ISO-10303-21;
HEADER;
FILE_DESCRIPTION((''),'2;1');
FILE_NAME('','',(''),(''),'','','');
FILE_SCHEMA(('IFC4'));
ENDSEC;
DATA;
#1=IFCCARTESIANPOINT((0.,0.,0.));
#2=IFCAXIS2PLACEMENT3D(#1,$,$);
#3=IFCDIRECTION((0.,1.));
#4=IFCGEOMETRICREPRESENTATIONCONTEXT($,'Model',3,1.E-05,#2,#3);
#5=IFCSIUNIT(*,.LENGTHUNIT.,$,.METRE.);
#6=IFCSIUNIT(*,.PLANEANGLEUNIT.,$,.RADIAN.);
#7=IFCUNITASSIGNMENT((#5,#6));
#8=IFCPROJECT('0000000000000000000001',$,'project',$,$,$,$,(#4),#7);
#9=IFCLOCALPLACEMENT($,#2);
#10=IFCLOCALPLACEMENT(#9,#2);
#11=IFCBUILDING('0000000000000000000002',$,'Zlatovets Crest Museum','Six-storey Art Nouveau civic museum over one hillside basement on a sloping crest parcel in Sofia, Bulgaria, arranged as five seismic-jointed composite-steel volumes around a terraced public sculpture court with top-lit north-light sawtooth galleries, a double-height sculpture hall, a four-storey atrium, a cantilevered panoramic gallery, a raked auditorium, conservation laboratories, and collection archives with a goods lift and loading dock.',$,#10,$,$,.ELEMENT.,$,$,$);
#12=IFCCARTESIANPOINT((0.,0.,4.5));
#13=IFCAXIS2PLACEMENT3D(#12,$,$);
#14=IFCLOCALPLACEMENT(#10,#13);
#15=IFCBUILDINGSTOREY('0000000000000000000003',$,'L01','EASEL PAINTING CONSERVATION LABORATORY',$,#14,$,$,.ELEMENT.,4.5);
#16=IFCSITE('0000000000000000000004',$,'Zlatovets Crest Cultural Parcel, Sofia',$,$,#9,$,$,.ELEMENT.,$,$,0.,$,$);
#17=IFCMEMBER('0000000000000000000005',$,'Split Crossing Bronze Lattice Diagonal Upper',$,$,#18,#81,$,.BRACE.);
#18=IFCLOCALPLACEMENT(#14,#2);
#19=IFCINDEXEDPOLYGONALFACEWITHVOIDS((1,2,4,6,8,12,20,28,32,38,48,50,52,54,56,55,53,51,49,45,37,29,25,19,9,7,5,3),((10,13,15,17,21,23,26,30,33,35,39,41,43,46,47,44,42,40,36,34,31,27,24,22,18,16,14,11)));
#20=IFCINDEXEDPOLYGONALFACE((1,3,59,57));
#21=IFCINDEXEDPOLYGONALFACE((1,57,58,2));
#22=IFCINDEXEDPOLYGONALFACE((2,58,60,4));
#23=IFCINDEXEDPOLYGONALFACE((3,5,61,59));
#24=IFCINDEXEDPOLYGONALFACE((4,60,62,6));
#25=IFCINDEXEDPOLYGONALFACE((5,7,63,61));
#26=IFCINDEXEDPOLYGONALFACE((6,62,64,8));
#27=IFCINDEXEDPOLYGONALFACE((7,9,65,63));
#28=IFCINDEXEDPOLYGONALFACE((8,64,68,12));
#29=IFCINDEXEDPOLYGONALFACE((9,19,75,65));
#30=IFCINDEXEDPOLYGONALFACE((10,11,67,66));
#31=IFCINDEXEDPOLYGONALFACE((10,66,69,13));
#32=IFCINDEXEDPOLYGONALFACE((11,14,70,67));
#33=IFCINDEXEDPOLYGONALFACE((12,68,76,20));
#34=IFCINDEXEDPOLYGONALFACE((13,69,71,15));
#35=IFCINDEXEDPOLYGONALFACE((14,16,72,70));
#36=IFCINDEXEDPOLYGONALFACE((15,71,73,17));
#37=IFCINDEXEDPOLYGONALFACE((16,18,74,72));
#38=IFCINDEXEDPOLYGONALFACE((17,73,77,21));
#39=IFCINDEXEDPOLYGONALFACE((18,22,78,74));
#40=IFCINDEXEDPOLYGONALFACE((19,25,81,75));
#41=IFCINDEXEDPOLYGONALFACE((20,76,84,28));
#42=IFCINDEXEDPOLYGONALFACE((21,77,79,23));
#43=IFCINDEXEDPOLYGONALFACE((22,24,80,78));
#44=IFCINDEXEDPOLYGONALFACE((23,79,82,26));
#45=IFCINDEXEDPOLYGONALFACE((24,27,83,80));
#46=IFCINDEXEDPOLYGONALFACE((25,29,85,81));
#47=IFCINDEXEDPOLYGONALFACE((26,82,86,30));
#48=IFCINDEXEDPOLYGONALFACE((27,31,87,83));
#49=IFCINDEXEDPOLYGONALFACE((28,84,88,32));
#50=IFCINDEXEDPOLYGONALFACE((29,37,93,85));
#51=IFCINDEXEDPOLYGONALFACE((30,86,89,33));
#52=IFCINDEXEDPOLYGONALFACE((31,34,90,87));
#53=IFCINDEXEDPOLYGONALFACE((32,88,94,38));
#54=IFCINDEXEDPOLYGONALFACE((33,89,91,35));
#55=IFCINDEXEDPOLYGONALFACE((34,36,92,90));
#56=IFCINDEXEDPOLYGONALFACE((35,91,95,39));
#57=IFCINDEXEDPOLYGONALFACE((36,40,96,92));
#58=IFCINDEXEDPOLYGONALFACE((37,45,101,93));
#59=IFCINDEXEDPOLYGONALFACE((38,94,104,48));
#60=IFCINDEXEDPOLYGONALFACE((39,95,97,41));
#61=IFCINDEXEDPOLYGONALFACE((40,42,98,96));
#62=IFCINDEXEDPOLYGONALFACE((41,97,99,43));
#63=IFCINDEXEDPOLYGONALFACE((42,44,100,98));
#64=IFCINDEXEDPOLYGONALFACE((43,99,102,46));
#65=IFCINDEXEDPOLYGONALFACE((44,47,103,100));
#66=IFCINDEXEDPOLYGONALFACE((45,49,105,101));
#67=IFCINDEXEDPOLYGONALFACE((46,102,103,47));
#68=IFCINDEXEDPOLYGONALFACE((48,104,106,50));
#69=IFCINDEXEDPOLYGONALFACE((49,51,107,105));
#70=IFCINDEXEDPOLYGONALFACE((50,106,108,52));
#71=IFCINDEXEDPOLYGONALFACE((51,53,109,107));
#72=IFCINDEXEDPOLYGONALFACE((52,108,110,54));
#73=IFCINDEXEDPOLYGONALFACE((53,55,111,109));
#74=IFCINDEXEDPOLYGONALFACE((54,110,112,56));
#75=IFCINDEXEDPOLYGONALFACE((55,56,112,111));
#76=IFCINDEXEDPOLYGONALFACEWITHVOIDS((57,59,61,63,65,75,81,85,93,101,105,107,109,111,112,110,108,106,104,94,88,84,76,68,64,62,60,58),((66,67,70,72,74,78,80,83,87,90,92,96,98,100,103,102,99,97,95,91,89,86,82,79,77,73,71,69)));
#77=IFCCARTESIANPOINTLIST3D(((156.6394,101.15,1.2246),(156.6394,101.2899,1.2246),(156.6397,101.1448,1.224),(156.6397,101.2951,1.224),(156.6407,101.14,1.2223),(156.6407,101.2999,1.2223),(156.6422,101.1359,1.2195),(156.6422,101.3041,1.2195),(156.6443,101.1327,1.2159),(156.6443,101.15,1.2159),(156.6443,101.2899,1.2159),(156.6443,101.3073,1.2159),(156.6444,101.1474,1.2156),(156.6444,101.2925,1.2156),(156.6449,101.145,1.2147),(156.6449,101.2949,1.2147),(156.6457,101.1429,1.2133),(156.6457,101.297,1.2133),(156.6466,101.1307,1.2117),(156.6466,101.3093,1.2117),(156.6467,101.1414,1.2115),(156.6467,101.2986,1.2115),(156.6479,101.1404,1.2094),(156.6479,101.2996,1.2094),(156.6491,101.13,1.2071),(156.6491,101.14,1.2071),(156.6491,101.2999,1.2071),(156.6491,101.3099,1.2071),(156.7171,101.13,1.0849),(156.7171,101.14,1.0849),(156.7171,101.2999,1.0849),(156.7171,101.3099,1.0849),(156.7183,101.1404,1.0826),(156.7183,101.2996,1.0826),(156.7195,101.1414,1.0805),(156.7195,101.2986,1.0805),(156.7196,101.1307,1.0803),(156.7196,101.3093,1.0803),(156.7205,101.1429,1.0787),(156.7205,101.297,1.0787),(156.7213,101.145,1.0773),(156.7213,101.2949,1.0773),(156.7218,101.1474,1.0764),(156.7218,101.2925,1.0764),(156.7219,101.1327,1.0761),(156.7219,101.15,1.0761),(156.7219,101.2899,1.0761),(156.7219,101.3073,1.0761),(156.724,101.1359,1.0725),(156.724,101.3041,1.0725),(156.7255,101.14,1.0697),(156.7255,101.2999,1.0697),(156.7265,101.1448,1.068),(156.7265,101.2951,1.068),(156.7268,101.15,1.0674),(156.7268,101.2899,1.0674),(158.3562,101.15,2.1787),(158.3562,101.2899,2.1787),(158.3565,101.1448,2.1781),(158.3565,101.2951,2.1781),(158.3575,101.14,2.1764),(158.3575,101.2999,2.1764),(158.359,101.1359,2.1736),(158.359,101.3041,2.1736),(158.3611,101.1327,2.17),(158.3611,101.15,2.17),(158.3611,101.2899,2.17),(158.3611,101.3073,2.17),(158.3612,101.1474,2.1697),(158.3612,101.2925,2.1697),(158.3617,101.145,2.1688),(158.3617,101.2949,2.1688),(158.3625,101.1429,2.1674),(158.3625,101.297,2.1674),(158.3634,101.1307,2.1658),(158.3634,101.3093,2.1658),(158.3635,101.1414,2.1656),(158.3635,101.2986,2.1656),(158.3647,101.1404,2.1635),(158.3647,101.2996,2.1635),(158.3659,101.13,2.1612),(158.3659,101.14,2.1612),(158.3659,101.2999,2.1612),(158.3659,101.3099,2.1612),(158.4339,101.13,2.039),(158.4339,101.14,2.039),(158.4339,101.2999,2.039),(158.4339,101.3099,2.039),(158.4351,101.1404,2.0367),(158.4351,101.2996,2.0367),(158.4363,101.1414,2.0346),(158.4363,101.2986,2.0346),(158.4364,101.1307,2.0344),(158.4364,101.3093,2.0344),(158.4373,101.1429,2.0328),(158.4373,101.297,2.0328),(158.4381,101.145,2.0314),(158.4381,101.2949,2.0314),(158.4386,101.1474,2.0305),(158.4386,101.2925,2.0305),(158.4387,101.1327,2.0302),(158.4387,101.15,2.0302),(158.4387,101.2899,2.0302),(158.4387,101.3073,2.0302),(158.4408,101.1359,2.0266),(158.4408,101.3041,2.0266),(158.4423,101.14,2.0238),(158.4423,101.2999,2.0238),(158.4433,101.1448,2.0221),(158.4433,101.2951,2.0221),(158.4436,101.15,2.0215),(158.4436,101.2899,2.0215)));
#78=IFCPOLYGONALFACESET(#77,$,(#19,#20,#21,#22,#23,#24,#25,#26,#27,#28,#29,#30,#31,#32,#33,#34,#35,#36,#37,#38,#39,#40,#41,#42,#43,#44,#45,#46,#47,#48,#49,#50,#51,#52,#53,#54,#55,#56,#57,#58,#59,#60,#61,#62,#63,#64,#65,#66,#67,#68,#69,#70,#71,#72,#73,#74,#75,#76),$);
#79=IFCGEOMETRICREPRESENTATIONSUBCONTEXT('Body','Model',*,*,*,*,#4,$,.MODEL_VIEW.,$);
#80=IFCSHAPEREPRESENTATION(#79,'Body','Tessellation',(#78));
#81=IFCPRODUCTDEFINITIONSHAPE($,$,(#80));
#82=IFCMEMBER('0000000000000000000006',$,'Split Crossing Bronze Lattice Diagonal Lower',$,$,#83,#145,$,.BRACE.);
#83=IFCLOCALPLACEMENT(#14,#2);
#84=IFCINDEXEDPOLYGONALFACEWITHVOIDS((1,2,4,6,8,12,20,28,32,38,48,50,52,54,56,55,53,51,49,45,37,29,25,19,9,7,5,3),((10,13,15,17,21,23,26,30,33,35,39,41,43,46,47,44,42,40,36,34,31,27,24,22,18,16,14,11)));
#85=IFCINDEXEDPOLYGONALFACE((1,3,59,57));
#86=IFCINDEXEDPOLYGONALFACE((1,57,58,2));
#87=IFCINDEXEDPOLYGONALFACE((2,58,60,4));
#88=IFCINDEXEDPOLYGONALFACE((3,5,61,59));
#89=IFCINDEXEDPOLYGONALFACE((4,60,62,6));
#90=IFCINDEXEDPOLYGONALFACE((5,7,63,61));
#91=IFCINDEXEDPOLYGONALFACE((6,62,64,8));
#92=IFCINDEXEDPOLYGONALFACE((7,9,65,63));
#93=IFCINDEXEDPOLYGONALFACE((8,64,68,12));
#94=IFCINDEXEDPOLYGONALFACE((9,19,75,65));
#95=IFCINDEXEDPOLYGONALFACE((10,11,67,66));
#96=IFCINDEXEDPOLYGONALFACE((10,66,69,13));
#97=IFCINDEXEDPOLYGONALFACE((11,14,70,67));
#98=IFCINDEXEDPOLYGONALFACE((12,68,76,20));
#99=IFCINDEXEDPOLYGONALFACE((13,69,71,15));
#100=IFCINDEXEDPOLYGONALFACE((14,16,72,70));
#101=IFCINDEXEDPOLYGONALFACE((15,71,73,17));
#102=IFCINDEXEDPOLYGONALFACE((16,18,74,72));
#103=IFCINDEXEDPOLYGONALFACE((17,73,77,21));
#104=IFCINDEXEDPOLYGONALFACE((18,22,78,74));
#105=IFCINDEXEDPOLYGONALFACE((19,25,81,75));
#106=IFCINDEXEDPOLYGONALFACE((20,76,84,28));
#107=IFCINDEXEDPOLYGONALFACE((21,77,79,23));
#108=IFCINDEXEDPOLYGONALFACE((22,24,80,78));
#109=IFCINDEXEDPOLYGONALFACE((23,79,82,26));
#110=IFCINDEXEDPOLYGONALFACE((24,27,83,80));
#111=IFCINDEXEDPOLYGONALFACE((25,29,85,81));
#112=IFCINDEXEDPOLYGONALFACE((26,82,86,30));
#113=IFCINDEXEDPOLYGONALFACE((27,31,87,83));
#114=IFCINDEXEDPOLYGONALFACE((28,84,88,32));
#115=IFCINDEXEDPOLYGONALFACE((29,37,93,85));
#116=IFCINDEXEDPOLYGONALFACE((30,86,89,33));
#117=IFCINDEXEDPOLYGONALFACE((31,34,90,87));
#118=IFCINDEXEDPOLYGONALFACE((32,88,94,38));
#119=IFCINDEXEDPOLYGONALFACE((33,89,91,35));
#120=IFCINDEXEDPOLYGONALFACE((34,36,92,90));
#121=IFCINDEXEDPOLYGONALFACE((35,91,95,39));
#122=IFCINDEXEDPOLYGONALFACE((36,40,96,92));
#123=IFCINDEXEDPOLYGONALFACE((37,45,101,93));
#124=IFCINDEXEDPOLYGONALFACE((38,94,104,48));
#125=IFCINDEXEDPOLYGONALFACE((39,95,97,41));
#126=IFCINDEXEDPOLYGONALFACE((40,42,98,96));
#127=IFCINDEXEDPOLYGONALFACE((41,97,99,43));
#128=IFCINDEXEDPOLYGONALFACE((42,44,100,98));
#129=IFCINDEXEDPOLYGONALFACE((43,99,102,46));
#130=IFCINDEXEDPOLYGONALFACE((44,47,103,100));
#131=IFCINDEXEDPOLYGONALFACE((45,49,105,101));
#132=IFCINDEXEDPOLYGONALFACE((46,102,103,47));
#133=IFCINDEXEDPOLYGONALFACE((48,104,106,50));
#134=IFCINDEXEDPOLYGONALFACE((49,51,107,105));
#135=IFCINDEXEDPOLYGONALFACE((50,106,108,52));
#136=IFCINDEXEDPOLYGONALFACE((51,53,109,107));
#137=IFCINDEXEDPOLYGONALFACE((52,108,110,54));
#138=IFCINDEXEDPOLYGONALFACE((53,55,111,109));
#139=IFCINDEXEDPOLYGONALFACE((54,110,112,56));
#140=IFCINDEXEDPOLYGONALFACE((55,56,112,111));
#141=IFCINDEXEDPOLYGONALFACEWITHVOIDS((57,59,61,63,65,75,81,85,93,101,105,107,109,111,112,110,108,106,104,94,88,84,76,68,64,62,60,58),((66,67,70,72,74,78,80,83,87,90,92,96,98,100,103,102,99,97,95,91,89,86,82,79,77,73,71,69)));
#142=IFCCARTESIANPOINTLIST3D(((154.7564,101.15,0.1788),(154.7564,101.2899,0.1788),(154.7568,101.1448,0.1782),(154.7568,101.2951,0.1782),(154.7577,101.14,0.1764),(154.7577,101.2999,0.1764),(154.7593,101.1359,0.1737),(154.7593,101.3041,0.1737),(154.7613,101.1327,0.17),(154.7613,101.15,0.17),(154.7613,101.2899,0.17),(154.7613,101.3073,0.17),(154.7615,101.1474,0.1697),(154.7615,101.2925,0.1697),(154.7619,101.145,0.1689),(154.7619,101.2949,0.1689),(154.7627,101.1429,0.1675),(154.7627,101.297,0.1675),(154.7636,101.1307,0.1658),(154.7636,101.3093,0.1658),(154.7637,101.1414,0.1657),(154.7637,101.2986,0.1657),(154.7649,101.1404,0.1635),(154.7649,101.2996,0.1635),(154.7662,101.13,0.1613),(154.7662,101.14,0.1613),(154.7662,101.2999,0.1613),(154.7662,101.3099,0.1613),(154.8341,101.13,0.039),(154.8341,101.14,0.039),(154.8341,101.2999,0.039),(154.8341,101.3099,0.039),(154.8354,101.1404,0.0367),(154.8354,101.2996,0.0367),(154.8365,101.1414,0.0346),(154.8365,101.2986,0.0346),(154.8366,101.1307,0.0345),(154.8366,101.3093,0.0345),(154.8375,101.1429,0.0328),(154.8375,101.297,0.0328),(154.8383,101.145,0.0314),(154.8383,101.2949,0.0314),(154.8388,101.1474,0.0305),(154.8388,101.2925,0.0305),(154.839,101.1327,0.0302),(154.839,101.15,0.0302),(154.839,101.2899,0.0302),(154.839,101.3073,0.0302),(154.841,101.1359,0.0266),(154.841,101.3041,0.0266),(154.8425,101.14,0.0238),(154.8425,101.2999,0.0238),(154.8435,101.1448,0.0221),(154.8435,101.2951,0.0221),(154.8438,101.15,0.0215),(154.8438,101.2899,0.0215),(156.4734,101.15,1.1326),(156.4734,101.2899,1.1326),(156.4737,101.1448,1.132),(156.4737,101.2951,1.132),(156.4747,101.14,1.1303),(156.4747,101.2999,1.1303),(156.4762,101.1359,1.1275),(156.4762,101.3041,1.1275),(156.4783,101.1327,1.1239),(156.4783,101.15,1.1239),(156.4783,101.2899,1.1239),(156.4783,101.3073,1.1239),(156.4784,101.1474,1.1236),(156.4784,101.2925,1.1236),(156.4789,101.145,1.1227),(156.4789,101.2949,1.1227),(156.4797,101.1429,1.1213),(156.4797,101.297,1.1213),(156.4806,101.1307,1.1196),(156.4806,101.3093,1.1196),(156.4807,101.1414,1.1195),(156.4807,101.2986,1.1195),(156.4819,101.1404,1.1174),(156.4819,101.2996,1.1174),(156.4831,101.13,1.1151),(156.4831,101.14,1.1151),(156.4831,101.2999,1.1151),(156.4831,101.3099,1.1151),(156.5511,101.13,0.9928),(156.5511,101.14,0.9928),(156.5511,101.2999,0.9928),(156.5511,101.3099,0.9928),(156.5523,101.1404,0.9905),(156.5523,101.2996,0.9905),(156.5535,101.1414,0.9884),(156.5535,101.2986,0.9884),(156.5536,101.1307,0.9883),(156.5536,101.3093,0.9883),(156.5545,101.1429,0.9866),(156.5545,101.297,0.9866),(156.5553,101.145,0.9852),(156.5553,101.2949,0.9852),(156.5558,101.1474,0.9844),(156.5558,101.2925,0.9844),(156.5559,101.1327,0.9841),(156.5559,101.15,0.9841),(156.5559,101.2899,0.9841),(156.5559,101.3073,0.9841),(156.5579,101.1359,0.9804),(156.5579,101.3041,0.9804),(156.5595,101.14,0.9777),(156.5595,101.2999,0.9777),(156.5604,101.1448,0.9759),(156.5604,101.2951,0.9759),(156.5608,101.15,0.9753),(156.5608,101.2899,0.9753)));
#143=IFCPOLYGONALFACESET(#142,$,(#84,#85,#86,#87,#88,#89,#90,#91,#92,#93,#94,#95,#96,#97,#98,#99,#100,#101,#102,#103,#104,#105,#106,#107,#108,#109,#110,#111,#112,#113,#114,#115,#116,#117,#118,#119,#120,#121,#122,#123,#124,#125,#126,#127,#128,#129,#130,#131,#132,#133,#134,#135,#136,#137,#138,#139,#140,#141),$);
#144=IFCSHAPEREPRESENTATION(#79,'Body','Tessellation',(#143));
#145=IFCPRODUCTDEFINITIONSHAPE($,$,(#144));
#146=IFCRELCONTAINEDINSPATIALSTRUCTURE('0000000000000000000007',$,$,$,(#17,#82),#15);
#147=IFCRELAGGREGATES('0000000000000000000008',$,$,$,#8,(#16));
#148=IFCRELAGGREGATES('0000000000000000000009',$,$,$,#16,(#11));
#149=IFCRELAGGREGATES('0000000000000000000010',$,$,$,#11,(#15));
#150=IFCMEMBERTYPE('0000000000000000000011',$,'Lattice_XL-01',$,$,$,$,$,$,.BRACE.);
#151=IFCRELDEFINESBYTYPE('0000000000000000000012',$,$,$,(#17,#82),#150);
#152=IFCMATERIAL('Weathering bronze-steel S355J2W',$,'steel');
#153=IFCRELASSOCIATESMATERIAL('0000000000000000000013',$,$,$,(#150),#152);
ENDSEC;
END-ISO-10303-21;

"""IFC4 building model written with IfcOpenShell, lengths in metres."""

from ifc_helpers import new_model, si_unit, direction, frame, origin, origin_2d, place, context, subcontext, project, spatial, hollow_rectangle, extrude, material, material_profile, profile_set, type_object, element, save


model = new_model("IFC4")

# Units and contexts
model_context = context("Model", 3, precision=1e-05, world=origin(), true_north=direction((0.0, 1.0)))
body_context = subcontext(model_context, "Body", "Model", "MODEL_VIEW")
ifc_project = project(units=[si_unit("LENGTHUNIT", "METRE"), si_unit("PLANEANGLEUNIT", "RADIAN")], contexts=[model_context])

# Site, building, storey
site_placement = place(None, origin())
site = spatial("IfcSite", under=ifc_project, at=site_placement, Name="Zlatovets Crest Cultural Parcel, Sofia", CompositionType="ELEMENT", RefElevation=0.0)
building_placement = place(site_placement, origin())
building = spatial("IfcBuilding", under=site, at=building_placement, Name="Zlatovets Crest Museum", Description="Six-storey Art Nouveau civic museum over one hillside basement on a sloping crest parcel in Sofia, Bulgaria, arranged as five seismic-jointed composite-steel volumes around a terraced public sculpture court with top-lit north-light sawtooth galleries, a double-height sculpture hall, a four-storey atrium, a cantilevered panoramic gallery, a raked auditorium, conservation laboratories, and collection archives with a goods lift and loading dock.", CompositionType="ELEMENT")
storey_placement = place(building_placement, frame((0.0, 0.0, 4.5)))
storey = spatial("IfcBuildingStorey", under=building, at=storey_placement, Name="L01", Description="EASEL PAINTING CONSERVATION LABORATORY", CompositionType="ELEMENT", Elevation=4.5)

# Members
ifc_material_1 = material(Name="Weathering bronze-steel S355J2W", Category="steel")
ifc_material_profile_1 = material_profile(ifc_material_1, hollow_rectangle(XDim=0.1799, YDim=0.1799, WallThickness=0.01, InnerFilletRadius=0.01, OuterFilletRadius=0.02, at=origin_2d()), Name="SHS 180x180x10.0")
ifc_profile_set_1 = profile_set([ifc_material_profile_1], Name="Weathering bronze-steel S355J2W")
member_type_1 = type_object("IfcMemberType", Name="Lattice_XL-01", PredefinedType="BRACE", material=ifc_profile_set_1)
for number, where, z_axis, x_axis, name in (
    (1, (158.3999, 101.22, 2.1001), (-0.874087, 0.0, -0.48577), (0.0, -1.0, 0.0), "Split Crossing Bronze Lattice Diagonal Upper"),
    (2, (156.5171, 101.22, 1.054), (-0.874169, 0.0, -0.485622), (0.0, -1.0, 0.0), "Split Crossing Bronze Lattice Diagonal Lower"),
):
    element("IfcMember", number, at=place(storey_placement, frame(where, z_axis=z_axis, x_axis=x_axis)), inside=storey, type_object=member_type_1, Name=name, PredefinedType="BRACE", context=body_context, shape_type="SweptSolid", body=[
        extrude(hollow_rectangle(XDim=0.1799, YDim=0.1799, WallThickness=0.01, InnerFilletRadius=0.01, OuterFilletRadius=0.02, at=origin_2d()), origin(), (0.0, 0.0, 1.0), 1.9641),
    ])

save(model, "model.ifc")
